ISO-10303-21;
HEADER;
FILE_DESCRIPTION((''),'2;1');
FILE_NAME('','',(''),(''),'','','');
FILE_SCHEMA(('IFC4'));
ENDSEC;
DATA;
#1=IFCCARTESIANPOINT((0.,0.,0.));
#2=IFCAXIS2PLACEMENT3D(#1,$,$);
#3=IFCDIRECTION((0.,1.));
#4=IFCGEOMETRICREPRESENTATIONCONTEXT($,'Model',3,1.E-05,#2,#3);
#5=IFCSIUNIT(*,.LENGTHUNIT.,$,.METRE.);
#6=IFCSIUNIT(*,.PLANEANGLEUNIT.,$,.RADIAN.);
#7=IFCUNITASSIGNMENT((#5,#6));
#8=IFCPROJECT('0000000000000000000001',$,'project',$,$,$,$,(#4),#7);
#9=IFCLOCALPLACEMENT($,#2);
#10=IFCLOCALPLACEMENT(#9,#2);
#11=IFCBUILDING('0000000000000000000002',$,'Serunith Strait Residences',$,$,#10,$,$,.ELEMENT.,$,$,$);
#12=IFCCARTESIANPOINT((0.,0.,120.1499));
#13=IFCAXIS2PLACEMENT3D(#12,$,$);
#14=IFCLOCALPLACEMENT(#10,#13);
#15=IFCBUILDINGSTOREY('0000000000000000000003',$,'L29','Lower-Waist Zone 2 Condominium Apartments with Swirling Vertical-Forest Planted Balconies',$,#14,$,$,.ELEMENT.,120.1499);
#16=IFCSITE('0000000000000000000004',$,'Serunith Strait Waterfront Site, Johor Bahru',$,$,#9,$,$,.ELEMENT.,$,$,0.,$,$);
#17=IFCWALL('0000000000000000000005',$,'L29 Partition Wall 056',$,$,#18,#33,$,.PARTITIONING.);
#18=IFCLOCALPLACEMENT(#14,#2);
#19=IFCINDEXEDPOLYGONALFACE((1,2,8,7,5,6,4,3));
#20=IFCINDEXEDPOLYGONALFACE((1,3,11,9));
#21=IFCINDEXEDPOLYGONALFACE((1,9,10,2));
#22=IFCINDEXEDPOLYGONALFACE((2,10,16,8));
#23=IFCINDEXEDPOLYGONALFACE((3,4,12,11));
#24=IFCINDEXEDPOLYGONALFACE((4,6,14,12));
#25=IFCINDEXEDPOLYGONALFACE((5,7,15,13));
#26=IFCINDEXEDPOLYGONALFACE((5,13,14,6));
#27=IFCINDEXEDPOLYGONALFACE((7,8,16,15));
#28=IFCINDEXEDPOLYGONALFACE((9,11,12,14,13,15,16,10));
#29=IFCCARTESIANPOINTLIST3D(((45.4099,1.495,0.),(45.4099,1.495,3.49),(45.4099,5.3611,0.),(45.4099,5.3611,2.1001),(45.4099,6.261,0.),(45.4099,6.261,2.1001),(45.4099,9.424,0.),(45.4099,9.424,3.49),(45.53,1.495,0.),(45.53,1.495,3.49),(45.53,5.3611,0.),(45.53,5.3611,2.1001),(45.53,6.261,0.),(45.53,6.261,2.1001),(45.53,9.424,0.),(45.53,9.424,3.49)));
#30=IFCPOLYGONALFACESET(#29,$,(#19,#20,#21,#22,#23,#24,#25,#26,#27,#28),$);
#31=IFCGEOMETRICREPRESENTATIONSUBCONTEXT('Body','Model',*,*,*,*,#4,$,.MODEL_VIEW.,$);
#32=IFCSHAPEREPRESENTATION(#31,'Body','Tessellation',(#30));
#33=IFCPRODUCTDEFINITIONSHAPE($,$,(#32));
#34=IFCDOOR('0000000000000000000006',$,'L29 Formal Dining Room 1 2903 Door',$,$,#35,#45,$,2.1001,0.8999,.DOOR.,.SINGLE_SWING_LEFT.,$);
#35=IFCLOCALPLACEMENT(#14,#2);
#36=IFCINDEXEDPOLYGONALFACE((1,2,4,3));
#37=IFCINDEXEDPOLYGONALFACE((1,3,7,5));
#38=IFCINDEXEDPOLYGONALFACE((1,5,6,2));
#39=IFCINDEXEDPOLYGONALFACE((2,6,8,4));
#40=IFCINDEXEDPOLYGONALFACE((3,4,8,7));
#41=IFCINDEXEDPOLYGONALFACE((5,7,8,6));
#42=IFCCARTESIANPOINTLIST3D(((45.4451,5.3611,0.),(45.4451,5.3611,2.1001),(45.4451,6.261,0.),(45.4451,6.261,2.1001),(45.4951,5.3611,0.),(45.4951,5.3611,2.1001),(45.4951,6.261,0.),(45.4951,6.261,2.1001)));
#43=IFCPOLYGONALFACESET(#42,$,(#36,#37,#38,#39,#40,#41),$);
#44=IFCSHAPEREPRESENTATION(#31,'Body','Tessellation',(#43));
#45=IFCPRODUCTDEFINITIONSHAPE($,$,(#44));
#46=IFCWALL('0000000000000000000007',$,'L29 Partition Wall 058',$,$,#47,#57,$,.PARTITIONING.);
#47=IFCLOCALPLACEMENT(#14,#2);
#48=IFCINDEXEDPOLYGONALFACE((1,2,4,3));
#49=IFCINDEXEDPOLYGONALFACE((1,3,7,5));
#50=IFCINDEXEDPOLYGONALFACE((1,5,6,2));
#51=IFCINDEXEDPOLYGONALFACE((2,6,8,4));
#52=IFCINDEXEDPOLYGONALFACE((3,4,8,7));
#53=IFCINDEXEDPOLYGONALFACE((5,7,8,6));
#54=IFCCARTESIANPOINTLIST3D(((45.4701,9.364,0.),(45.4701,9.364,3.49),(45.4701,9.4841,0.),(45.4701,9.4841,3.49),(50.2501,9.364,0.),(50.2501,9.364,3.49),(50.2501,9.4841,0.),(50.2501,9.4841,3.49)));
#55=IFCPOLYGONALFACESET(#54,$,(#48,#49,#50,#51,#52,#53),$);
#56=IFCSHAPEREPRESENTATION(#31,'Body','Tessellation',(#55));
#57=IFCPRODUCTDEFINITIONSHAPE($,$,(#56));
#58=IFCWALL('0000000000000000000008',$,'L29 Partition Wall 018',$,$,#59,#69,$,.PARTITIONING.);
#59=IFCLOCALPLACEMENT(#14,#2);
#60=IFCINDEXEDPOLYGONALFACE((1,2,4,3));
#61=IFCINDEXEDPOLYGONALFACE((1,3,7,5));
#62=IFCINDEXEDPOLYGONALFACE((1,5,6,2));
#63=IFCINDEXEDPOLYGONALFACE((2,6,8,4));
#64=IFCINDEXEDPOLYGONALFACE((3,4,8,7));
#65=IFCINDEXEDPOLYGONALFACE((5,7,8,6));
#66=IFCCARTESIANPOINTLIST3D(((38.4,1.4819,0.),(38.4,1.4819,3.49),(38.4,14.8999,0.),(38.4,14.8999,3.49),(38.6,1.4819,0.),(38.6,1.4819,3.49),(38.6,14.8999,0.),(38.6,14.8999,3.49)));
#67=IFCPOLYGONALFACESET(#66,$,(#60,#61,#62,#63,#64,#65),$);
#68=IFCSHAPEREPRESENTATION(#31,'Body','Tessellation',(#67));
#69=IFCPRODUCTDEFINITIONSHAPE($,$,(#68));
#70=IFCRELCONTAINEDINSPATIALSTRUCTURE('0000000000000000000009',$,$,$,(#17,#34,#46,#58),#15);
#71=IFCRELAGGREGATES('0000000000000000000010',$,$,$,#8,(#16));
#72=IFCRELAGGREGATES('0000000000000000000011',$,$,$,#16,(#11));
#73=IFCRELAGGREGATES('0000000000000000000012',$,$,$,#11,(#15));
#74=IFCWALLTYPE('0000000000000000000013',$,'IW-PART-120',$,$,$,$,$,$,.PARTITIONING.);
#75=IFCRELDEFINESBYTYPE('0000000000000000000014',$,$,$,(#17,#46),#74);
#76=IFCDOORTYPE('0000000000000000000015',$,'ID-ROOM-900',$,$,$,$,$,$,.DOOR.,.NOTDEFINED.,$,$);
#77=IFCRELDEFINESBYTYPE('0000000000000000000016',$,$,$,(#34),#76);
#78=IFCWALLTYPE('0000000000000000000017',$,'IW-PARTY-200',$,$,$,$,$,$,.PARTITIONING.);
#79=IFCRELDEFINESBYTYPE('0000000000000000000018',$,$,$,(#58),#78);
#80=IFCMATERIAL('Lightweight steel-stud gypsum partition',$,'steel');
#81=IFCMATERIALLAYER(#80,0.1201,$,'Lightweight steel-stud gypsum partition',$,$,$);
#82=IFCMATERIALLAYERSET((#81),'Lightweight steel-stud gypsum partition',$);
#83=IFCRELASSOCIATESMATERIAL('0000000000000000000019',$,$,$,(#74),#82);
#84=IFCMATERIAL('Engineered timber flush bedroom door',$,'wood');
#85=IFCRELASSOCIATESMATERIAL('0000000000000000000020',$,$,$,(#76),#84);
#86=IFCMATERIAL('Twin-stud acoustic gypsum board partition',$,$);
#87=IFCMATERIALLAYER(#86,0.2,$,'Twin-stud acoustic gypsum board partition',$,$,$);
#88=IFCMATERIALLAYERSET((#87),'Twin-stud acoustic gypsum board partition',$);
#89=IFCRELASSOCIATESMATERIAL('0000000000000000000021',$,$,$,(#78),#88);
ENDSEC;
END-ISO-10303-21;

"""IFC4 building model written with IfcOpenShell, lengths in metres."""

from ifc_helpers import new_model, si_unit, direction, frame, frame_2d, origin, place, context, subcontext, project, spatial, rectangle, extrude, source, transform, mapped, material, layer, layer_set, type_object, element, fill, save


model = new_model("IFC4")

# Units and contexts
model_context = context("Model", 3, precision=1e-05, world=origin(), true_north=direction((0.0, 1.0)))
body_context = subcontext(model_context, "Body", "Model", "MODEL_VIEW")
ifc_project = project(units=[si_unit("LENGTHUNIT", "METRE"), si_unit("PLANEANGLEUNIT", "RADIAN")], contexts=[model_context])

# Site, building, storey
site_placement = place(None, origin())
site = spatial("IfcSite", under=ifc_project, at=site_placement, Name="Serunith Strait Waterfront Site, Johor Bahru", CompositionType="ELEMENT", RefElevation=0.0)
building_placement = place(site_placement, origin())
building = spatial("IfcBuilding", under=site, at=building_placement, Name="Serunith Strait Residences", CompositionType="ELEMENT")
storey_placement = place(building_placement, frame((0.0, 0.0, 120.1499)))
storey = spatial("IfcBuildingStorey", under=building, at=storey_placement, Name="L29", Description="Lower-Waist Zone 2 Condominium Apartments with Swirling Vertical-Forest Planted Balconies", CompositionType="ELEMENT", Elevation=120.1499)

# Shared definitions
ifc_material_1 = material(Name="Lightweight steel-stud gypsum partition", Category="steel")
ifc_layer_1 = layer(ifc_material_1, 0.1201, Name="Lightweight steel-stud gypsum partition")
ifc_layer_set_1 = layer_set([ifc_layer_1], Name="Lightweight steel-stud gypsum partition")
wall_type_1 = type_object("IfcWallType", Name="IW-PART-120", PredefinedType="PARTITIONING", material=ifc_layer_set_1)

# Wall, opening, door
wall_1_placement = place(storey_placement, frame((45.47, 1.4951, 0.0), z_axis=(0.0, 0.0, 1.0), x_axis=(0.0, 1.0, 0.0)))
wall_1 = element("IfcWall", 1, at=wall_1_placement, inside=storey, type_object=wall_type_1, Name="L29 Partition Wall 056", PredefinedType="PARTITIONING", context=body_context, shape_type="SweptSolid", body=[
    extrude(rectangle(XDim=7.929, YDim=0.1201, at=frame_2d((3.9644, 0.0))), origin(), (0.0, 0.0, 1.0), 3.49),
])
opening_1_placement = place(wall_1_placement, frame((3.866, 0.0, 0.0)))
opening_1 = element("IfcOpeningElement", 2, at=opening_1_placement, cuts=wall_1, PredefinedType="OPENING", context=body_context, shape_type="SweptSolid", body=[
    extrude(rectangle(XDim=0.8999, YDim=2.1001, at=frame_2d((0.45, 1.05))), frame((0.0, 0.0701, 0.0), z_axis=(0.0, -1.0, 0.0), x_axis=(1.0, 0.0, 0.0)), (0.0, 0.0, 1.0), 0.1401),
])
ifc_material_2 = material(Name="Engineered timber flush bedroom door", Category="wood")
door_type_1 = type_object("IfcDoorType", Name="ID-ROOM-900", OperationType="NOTDEFINED", PredefinedType="DOOR", material=ifc_material_2)
shared_shape_1 = source(origin(), body_context, "Body", "SweptSolid", [
    extrude(rectangle(XDim=0.8999, YDim=2.1001, at=frame_2d((0.45, 1.05))), frame((0.0, 0.0249, 0.0), z_axis=(0.0, -1.0, 0.0), x_axis=(1.0, 0.0, 0.0)), (0.0, 0.0, 1.0), 0.05),
])
door_1_placement = place(opening_1_placement, origin())
door_1 = element("IfcDoor", 3, at=door_1_placement, inside=storey, type_object=door_type_1, Name="L29 Formal Dining Room 1 2903 Door", OperationType="SINGLE_SWING_LEFT", OverallHeight=2.1001, OverallWidth=0.8999, PredefinedType="DOOR", context=body_context, shape_type="MappedRepresentation", body=[
    mapped(shared_shape_1, transform((0.0, 0.0, 0.0), scale=1.0)),
])
fill(opening_1, door_1)

# Walls
wall_2_placement = place(storey_placement, frame((45.47, 9.4241, 0.0), z_axis=(0.0, 0.0, 1.0), x_axis=(1.0, 0.0, 0.0)))
element("IfcWall", 4, at=wall_2_placement, inside=storey, type_object=wall_type_1, Name="L29 Partition Wall 058", PredefinedType="PARTITIONING", context=body_context, shape_type="SweptSolid", body=[
    extrude(rectangle(XDim=4.78, YDim=0.1201, at=frame_2d((2.3901, 0.0))), origin(), (0.0, 0.0, 1.0), 3.49),
])
ifc_material_3 = material(Name="Twin-stud acoustic gypsum board partition")
ifc_layer_2 = layer(ifc_material_3, 0.2, Name="Twin-stud acoustic gypsum board partition")
ifc_layer_set_2 = layer_set([ifc_layer_2], Name="Twin-stud acoustic gypsum board partition")
wall_type_2 = type_object("IfcWallType", Name="IW-PARTY-200", PredefinedType="PARTITIONING", material=ifc_layer_set_2)
wall_3_placement = place(storey_placement, frame((38.5, 1.4819, 0.0), z_axis=(0.0, 0.0, 1.0), x_axis=(0.0, 1.0, 0.0)))
element("IfcWall", 5, at=wall_3_placement, inside=storey, type_object=wall_type_2, Name="L29 Partition Wall 018", PredefinedType="PARTITIONING", context=body_context, shape_type="SweptSolid", body=[
    extrude(rectangle(XDim=13.418, YDim=0.2, at=frame_2d((6.709, 0.0))), origin(), (0.0, 0.0, 1.0), 3.49),
])

save(model, "model.ifc")
